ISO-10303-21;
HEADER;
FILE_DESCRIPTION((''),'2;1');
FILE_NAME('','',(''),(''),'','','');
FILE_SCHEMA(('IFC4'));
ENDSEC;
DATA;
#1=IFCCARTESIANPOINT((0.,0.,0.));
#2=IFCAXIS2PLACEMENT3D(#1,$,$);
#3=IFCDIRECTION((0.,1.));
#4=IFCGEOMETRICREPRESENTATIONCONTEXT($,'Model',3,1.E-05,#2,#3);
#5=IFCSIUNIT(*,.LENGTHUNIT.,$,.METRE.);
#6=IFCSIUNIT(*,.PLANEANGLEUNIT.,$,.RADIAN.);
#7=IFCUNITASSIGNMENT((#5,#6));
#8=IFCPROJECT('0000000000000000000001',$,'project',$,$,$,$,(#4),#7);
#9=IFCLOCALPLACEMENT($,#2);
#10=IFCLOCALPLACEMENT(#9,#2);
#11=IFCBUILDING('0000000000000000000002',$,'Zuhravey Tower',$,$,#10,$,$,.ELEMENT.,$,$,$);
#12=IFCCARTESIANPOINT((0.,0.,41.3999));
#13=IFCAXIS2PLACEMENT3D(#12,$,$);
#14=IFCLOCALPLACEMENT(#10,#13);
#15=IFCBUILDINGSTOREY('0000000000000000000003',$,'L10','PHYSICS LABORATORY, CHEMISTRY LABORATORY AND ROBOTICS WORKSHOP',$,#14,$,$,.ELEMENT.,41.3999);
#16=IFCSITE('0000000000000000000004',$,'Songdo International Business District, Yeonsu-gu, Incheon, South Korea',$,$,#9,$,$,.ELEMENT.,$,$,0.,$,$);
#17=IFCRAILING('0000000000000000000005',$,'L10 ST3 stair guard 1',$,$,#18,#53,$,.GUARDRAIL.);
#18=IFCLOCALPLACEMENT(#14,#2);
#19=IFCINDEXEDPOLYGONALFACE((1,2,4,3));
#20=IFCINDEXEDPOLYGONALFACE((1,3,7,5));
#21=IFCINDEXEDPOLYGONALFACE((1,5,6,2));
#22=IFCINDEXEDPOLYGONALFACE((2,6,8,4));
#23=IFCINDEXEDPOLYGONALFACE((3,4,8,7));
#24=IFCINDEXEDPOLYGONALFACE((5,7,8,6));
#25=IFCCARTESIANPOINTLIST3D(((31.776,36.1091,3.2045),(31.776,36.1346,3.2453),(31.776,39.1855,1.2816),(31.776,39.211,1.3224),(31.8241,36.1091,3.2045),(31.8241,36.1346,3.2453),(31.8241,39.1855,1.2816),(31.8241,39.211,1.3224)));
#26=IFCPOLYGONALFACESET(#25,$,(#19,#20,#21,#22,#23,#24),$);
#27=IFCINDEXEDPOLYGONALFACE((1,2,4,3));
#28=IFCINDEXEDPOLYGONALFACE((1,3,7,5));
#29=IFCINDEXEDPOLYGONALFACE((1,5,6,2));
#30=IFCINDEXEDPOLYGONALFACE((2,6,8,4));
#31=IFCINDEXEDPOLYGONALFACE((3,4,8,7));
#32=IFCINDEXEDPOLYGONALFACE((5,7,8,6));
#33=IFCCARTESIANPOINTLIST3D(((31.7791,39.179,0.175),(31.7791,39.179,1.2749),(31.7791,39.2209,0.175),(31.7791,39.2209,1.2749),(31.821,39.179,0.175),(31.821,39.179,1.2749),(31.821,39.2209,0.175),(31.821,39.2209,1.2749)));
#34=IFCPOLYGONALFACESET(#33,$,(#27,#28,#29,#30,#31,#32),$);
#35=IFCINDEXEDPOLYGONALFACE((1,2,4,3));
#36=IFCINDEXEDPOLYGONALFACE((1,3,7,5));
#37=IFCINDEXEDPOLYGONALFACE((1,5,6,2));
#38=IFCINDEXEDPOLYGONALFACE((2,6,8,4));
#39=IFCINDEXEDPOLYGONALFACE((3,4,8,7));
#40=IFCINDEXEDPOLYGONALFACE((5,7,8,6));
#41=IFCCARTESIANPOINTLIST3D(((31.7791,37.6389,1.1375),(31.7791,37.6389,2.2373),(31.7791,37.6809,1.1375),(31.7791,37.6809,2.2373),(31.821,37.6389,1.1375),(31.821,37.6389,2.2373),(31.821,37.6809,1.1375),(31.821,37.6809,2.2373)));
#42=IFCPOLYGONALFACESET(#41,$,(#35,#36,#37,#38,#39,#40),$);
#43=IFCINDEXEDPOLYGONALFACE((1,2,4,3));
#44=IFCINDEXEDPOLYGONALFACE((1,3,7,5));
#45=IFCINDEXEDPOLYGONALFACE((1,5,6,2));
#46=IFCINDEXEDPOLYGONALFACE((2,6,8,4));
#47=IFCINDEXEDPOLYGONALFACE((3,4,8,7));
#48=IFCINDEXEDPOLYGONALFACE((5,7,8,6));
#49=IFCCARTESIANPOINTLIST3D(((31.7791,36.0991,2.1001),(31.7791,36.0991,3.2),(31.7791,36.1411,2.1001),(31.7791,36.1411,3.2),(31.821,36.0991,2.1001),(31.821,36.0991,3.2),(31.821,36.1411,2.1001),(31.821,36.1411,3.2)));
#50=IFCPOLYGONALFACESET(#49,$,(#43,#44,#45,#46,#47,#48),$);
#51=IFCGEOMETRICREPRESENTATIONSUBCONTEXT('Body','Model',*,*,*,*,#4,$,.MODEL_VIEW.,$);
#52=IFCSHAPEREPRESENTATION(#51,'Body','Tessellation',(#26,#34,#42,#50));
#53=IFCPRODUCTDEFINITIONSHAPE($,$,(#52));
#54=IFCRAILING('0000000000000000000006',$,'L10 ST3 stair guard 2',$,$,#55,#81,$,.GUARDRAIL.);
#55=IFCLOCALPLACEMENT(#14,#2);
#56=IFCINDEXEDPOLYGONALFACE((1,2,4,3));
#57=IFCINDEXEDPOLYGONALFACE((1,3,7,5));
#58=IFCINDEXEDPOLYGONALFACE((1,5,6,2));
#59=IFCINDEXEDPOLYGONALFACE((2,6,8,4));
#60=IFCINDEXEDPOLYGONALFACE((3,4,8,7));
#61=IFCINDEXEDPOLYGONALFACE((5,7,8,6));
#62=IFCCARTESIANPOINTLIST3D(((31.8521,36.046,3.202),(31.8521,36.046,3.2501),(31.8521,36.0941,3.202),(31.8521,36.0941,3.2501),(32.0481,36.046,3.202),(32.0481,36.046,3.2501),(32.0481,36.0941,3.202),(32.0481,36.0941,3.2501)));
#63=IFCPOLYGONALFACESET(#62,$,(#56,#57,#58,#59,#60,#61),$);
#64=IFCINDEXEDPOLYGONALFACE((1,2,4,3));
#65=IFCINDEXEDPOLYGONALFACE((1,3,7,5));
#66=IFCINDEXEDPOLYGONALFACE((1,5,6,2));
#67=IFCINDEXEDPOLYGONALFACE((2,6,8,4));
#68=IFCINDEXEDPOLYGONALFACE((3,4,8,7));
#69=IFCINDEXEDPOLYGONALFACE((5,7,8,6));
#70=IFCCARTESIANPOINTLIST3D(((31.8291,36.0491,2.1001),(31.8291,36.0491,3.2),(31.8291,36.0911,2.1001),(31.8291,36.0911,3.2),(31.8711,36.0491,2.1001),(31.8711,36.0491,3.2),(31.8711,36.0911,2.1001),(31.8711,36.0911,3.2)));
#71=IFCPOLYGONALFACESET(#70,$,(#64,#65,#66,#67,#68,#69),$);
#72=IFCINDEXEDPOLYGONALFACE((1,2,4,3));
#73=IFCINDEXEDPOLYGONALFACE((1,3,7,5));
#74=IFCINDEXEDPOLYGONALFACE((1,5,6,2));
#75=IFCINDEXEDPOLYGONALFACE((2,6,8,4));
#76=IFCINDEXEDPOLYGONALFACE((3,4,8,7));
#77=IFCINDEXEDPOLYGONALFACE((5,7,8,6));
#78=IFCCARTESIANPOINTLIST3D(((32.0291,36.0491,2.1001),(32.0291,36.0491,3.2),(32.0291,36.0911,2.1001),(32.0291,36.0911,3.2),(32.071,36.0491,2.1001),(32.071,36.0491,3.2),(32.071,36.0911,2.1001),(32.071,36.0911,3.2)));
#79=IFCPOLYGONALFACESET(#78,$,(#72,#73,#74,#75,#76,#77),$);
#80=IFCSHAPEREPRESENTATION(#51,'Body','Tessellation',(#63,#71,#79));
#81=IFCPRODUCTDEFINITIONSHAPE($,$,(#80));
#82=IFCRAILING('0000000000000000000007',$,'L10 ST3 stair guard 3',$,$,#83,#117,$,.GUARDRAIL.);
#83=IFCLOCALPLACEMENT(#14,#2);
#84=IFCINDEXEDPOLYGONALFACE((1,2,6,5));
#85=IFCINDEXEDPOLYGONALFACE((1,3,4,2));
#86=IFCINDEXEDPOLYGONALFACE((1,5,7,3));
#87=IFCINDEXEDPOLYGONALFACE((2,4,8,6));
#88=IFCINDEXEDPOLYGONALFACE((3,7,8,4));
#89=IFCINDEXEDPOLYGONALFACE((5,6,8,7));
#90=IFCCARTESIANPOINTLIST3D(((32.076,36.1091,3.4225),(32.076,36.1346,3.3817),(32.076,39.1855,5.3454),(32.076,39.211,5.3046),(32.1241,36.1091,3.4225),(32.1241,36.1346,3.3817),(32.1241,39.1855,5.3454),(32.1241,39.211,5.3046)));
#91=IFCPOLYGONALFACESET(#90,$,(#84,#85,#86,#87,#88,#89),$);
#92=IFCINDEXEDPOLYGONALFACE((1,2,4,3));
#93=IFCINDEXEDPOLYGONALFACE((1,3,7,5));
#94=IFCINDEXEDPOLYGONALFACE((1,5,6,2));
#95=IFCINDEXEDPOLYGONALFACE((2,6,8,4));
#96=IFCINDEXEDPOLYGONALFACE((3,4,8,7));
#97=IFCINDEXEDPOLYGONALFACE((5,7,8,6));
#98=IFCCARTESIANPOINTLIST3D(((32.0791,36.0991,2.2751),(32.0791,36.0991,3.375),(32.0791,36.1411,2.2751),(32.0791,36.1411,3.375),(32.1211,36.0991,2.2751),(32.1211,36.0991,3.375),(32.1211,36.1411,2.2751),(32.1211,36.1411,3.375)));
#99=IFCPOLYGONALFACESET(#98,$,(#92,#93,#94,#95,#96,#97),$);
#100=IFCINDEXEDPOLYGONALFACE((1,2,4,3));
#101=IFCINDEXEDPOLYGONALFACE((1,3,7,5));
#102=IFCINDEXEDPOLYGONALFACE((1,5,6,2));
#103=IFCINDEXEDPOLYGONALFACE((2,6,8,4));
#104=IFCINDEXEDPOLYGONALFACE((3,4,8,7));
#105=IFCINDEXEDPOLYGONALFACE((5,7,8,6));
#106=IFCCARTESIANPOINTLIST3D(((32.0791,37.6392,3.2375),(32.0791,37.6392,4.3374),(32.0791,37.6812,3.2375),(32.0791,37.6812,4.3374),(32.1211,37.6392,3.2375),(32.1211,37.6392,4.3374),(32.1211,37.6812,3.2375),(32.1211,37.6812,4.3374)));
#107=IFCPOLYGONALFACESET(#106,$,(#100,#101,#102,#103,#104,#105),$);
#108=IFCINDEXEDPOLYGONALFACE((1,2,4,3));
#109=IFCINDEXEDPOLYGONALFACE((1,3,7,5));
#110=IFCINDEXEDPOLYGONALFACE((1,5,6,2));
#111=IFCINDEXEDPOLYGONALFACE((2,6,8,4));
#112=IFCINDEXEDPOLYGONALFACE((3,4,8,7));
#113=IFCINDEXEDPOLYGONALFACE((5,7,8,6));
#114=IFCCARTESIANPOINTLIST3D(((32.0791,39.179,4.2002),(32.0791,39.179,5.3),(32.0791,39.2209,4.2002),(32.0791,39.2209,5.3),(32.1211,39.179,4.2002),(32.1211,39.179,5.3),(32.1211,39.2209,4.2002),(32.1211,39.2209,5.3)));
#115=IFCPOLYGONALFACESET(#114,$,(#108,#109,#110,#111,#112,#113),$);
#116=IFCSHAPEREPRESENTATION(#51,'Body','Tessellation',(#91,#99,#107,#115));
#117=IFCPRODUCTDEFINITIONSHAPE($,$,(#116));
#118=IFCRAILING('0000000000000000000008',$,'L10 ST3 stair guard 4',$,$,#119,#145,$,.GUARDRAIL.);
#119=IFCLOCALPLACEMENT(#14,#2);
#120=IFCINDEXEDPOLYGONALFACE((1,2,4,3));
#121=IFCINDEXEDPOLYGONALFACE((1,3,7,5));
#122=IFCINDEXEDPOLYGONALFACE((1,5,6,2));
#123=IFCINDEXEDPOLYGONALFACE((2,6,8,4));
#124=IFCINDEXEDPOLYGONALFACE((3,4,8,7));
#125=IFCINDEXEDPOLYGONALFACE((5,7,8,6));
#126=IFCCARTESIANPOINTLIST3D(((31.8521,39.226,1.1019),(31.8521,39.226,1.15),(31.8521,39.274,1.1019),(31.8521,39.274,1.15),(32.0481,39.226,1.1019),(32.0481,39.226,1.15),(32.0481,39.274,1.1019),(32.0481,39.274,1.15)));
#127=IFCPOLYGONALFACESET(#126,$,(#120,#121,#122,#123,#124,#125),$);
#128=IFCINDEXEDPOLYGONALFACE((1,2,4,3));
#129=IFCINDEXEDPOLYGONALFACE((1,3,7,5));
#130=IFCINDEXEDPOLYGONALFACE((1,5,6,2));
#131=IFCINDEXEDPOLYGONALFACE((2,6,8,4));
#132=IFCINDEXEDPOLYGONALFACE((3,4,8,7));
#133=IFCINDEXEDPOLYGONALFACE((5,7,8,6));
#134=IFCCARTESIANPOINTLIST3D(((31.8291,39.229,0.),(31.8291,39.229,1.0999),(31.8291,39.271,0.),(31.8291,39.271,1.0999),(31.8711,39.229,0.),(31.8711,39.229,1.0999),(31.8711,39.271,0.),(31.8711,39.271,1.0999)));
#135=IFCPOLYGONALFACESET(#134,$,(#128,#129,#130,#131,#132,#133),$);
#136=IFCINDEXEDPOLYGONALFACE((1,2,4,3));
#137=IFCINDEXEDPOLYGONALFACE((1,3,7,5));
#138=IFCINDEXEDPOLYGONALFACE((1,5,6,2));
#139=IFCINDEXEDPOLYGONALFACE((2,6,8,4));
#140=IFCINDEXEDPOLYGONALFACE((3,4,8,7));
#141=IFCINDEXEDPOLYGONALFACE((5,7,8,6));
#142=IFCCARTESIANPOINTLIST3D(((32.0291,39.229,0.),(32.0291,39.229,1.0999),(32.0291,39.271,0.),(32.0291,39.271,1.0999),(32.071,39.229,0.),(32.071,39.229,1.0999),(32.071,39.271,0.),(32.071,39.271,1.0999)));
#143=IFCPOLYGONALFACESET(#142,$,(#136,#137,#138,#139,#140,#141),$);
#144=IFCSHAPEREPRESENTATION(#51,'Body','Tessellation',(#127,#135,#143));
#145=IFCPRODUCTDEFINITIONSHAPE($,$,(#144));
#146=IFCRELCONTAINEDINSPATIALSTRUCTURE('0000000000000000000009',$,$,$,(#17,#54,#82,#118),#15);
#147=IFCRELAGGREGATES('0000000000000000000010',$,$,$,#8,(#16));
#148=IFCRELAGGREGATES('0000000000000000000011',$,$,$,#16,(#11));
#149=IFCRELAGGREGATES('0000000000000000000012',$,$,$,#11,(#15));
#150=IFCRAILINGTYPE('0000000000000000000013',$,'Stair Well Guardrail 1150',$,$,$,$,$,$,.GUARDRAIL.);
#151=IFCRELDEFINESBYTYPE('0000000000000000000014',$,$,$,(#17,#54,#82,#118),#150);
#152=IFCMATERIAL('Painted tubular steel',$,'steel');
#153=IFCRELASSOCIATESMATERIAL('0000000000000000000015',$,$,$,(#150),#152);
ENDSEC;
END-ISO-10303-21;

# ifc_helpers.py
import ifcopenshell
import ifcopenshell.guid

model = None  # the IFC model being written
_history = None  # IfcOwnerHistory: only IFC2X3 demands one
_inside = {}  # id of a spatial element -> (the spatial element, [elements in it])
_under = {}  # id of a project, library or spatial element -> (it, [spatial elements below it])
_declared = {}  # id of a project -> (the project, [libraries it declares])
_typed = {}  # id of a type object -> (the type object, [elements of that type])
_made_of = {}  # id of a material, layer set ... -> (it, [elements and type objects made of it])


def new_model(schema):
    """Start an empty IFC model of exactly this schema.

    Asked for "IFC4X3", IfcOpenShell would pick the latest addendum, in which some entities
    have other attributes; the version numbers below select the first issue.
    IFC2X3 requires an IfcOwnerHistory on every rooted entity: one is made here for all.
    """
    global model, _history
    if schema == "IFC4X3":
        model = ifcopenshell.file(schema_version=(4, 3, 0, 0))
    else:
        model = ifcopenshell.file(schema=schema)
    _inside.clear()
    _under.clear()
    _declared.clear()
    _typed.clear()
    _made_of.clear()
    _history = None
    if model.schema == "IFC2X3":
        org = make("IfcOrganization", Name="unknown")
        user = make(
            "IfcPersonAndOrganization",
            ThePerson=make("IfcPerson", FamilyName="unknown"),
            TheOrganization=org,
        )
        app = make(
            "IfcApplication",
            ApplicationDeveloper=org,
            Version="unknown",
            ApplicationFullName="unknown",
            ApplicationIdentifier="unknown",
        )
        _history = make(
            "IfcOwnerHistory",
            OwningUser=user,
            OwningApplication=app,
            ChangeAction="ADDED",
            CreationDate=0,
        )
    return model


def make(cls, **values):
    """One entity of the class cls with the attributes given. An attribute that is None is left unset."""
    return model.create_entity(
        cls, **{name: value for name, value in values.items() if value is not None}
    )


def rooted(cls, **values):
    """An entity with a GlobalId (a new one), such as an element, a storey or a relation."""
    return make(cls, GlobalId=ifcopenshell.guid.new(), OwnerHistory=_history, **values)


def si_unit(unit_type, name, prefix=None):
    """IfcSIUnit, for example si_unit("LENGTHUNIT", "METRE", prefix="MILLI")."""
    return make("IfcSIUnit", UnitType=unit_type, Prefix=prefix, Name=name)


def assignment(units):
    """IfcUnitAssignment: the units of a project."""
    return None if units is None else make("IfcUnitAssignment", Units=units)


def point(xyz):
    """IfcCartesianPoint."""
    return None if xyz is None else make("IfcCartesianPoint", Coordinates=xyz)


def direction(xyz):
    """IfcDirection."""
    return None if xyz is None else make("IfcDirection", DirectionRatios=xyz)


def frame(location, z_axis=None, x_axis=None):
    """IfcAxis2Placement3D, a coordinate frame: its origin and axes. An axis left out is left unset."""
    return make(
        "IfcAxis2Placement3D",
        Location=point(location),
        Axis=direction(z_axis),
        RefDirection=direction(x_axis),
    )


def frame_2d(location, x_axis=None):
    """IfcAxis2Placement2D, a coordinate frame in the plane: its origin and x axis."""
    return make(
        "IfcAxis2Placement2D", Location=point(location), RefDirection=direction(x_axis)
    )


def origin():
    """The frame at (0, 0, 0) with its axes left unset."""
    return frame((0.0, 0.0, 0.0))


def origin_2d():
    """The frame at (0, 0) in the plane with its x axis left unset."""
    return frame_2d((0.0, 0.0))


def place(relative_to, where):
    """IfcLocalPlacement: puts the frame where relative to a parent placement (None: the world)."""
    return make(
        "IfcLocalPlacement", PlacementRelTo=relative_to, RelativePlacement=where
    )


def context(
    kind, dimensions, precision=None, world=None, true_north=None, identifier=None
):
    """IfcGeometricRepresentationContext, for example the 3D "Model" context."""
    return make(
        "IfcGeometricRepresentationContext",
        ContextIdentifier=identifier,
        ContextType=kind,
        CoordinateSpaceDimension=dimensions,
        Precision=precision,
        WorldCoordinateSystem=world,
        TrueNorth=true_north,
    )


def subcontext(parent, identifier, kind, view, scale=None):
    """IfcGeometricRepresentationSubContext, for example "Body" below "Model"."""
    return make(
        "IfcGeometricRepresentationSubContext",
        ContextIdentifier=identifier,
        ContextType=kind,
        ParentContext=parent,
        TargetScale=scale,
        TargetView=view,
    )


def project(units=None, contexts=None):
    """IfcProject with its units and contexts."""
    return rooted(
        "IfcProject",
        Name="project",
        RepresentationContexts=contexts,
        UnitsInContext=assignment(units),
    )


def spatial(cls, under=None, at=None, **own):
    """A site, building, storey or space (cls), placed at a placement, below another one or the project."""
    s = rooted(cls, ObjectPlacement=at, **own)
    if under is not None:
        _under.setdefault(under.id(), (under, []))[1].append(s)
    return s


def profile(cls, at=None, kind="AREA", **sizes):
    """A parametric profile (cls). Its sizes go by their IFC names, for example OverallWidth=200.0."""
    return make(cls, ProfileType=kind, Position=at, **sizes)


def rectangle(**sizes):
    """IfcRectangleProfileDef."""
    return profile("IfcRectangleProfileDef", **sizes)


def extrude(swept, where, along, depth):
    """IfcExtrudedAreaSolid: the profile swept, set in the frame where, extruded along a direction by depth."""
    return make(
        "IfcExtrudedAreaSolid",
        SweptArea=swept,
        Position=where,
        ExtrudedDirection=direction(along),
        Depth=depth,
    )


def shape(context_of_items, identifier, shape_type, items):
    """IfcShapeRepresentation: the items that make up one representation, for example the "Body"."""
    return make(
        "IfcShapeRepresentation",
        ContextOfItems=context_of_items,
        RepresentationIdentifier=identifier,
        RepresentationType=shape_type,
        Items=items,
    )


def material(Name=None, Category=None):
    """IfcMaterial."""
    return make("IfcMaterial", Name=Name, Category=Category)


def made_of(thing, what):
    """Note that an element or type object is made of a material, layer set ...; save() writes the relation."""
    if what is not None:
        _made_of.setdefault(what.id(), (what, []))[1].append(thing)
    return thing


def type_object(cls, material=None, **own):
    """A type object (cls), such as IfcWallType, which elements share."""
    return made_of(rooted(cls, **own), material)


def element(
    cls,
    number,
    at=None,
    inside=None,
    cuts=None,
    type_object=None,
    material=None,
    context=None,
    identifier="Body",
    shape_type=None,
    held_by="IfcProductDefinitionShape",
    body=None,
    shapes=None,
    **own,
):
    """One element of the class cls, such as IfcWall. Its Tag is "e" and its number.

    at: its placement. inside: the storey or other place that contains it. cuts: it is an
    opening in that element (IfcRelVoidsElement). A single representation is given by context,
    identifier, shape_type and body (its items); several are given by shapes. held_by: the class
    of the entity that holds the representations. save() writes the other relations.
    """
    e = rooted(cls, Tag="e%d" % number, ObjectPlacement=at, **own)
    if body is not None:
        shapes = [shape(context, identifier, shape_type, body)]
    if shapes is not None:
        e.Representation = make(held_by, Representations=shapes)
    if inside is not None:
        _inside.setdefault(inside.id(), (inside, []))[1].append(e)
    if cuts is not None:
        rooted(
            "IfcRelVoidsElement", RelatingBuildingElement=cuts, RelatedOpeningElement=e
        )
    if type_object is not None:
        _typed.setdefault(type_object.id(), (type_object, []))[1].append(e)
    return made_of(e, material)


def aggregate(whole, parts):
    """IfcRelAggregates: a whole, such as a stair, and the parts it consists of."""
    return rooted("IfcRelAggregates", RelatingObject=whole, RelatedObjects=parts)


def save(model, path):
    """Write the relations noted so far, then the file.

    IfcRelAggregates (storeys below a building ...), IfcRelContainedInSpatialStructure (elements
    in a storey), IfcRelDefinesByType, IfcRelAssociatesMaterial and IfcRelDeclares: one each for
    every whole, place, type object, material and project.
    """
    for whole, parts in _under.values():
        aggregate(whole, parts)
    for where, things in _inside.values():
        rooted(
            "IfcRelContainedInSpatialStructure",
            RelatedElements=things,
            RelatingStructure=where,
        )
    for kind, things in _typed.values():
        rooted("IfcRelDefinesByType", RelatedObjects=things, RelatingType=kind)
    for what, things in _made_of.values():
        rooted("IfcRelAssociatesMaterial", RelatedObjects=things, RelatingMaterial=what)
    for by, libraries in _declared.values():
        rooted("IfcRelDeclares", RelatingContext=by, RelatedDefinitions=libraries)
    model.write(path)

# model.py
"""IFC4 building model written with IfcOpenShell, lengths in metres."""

from ifc_helpers import new_model, si_unit, direction, frame, origin, origin_2d, place, context, subcontext, project, spatial, rectangle, extrude, material, type_object, element, save


model = new_model("IFC4")

# Units and contexts
model_context = context("Model", 3, precision=1e-05, world=origin(), true_north=direction((0.0, 1.0)))
body_context = subcontext(model_context, "Body", "Model", "MODEL_VIEW")
ifc_project = project(units=[si_unit("LENGTHUNIT", "METRE"), si_unit("PLANEANGLEUNIT", "RADIAN")], contexts=[model_context])

# Site, building, storey
site_placement = place(None, origin())
site = spatial("IfcSite", under=ifc_project, at=site_placement, Name="Songdo International Business District, Yeonsu-gu, Incheon, South Korea", CompositionType="ELEMENT", RefElevation=0.0)
building_placement = place(site_placement, origin())
building = spatial("IfcBuilding", under=site, at=building_placement, Name="Zuhravey Tower", CompositionType="ELEMENT")
storey_placement = place(building_placement, frame((0.0, 0.0, 41.3999)))
storey = spatial("IfcBuildingStorey", under=building, at=storey_placement, Name="L10", Description="PHYSICS LABORATORY, CHEMISTRY LABORATORY AND ROBOTICS WORKSHOP", CompositionType="ELEMENT", Elevation=41.3999)

# Railings
ifc_material_1 = material(Name="Painted tubular steel", Category="steel")
railing_type_1 = type_object("IfcRailingType", Name="Stair Well Guardrail 1150", PredefinedType="GUARDRAIL", material=ifc_material_1)
railing_1_placement = place(storey_placement, frame((31.8, 39.2, 0.175)))
element("IfcRailing", 1, at=railing_1_placement, inside=storey, type_object=railing_type_1, Name="L10 ST3 stair guard 1", PredefinedType="GUARDRAIL", context=body_context, shape_type="SweptSolid", body=[
    extrude(rectangle(XDim=0.0481, YDim=0.0481, at=origin_2d()), frame((0.0, -0.0017, 1.127), z_axis=(0.0, -0.847979, 0.530029), x_axis=(1.0, 0.0, 0.0)), (0.0, 0.0, 1.0), 3.6279),
    extrude(rectangle(XDim=0.042, YDim=0.042, at=origin_2d()), origin(), (0.0, 0.0, 1.0), 1.0999),
    extrude(rectangle(XDim=0.042, YDim=0.042, at=origin_2d()), frame((0.0, -1.54, 0.9624)), (0.0, 0.0, 1.0), 1.0999),
    extrude(rectangle(XDim=0.042, YDim=0.042, at=origin_2d()), frame((0.0, -3.0798, 1.925)), (0.0, 0.0, 1.0), 1.0999),
])
railing_2_placement = place(storey_placement, frame((31.8501, 36.0701, 2.1001)))
element("IfcRailing", 2, at=railing_2_placement, inside=storey, type_object=railing_type_1, Name="L10 ST3 stair guard 2", PredefinedType="GUARDRAIL", context=body_context, shape_type="SweptSolid", body=[
    extrude(rectangle(XDim=0.0481, YDim=0.0481, at=origin_2d()), frame((0.002, 0.0, 1.126), z_axis=(1.0, 0.0, 0.0), x_axis=(0.0, 1.0, 0.0)), (0.0, 0.0, 1.0), 0.196),
    extrude(rectangle(XDim=0.042, YDim=0.042, at=origin_2d()), origin(), (0.0, 0.0, 1.0), 1.0999),
    extrude(rectangle(XDim=0.042, YDim=0.042, at=origin_2d()), frame((0.2, 0.0, 0.0)), (0.0, 0.0, 1.0), 1.0999),
])
railing_3_placement = place(storey_placement, frame((32.1001, 36.1201, 2.2751)))
element("IfcRailing", 3, at=railing_3_placement, inside=storey, type_object=railing_type_1, Name="L10 ST3 stair guard 3", PredefinedType="GUARDRAIL", context=body_context, shape_type="SweptSolid", body=[
    extrude(rectangle(XDim=0.0481, YDim=0.0481, at=origin_2d()), frame((0.0, 0.0017, 1.127), z_axis=(0.0, 0.847979, 0.530029), x_axis=(-1.0, 0.0, 0.0)), (0.0, 0.0, 1.0), 3.6279),
    extrude(rectangle(XDim=0.042, YDim=0.042, at=origin_2d()), origin(), (0.0, 0.0, 1.0), 1.0999),
    extrude(rectangle(XDim=0.042, YDim=0.042, at=origin_2d()), frame((0.0, 1.54, 0.9624)), (0.0, 0.0, 1.0), 1.0999),
    extrude(rectangle(XDim=0.042, YDim=0.042, at=origin_2d()), frame((0.0, 3.0798, 1.925)), (0.0, 0.0, 1.0), 1.0999),
])
railing_4_placement = place(storey_placement, frame((31.8501, 39.25, 0.0)))
element("IfcRailing", 4, at=railing_4_placement, inside=storey, type_object=railing_type_1, Name="L10 ST3 stair guard 4", PredefinedType="GUARDRAIL", context=body_context, shape_type="SweptSolid", body=[
    extrude(rectangle(XDim=0.0481, YDim=0.0481, at=origin_2d()), frame((0.002, 0.0, 1.126), z_axis=(1.0, 0.0, 0.0), x_axis=(0.0, 1.0, 0.0)), (0.0, 0.0, 1.0), 0.196),
    extrude(rectangle(XDim=0.042, YDim=0.042, at=origin_2d()), origin(), (0.0, 0.0, 1.0), 1.0999),
    extrude(rectangle(XDim=0.042, YDim=0.042, at=origin_2d()), frame((0.2, 0.0, 0.0)), (0.0, 0.0, 1.0), 1.0999),
])

save(model, "model.ifc")
